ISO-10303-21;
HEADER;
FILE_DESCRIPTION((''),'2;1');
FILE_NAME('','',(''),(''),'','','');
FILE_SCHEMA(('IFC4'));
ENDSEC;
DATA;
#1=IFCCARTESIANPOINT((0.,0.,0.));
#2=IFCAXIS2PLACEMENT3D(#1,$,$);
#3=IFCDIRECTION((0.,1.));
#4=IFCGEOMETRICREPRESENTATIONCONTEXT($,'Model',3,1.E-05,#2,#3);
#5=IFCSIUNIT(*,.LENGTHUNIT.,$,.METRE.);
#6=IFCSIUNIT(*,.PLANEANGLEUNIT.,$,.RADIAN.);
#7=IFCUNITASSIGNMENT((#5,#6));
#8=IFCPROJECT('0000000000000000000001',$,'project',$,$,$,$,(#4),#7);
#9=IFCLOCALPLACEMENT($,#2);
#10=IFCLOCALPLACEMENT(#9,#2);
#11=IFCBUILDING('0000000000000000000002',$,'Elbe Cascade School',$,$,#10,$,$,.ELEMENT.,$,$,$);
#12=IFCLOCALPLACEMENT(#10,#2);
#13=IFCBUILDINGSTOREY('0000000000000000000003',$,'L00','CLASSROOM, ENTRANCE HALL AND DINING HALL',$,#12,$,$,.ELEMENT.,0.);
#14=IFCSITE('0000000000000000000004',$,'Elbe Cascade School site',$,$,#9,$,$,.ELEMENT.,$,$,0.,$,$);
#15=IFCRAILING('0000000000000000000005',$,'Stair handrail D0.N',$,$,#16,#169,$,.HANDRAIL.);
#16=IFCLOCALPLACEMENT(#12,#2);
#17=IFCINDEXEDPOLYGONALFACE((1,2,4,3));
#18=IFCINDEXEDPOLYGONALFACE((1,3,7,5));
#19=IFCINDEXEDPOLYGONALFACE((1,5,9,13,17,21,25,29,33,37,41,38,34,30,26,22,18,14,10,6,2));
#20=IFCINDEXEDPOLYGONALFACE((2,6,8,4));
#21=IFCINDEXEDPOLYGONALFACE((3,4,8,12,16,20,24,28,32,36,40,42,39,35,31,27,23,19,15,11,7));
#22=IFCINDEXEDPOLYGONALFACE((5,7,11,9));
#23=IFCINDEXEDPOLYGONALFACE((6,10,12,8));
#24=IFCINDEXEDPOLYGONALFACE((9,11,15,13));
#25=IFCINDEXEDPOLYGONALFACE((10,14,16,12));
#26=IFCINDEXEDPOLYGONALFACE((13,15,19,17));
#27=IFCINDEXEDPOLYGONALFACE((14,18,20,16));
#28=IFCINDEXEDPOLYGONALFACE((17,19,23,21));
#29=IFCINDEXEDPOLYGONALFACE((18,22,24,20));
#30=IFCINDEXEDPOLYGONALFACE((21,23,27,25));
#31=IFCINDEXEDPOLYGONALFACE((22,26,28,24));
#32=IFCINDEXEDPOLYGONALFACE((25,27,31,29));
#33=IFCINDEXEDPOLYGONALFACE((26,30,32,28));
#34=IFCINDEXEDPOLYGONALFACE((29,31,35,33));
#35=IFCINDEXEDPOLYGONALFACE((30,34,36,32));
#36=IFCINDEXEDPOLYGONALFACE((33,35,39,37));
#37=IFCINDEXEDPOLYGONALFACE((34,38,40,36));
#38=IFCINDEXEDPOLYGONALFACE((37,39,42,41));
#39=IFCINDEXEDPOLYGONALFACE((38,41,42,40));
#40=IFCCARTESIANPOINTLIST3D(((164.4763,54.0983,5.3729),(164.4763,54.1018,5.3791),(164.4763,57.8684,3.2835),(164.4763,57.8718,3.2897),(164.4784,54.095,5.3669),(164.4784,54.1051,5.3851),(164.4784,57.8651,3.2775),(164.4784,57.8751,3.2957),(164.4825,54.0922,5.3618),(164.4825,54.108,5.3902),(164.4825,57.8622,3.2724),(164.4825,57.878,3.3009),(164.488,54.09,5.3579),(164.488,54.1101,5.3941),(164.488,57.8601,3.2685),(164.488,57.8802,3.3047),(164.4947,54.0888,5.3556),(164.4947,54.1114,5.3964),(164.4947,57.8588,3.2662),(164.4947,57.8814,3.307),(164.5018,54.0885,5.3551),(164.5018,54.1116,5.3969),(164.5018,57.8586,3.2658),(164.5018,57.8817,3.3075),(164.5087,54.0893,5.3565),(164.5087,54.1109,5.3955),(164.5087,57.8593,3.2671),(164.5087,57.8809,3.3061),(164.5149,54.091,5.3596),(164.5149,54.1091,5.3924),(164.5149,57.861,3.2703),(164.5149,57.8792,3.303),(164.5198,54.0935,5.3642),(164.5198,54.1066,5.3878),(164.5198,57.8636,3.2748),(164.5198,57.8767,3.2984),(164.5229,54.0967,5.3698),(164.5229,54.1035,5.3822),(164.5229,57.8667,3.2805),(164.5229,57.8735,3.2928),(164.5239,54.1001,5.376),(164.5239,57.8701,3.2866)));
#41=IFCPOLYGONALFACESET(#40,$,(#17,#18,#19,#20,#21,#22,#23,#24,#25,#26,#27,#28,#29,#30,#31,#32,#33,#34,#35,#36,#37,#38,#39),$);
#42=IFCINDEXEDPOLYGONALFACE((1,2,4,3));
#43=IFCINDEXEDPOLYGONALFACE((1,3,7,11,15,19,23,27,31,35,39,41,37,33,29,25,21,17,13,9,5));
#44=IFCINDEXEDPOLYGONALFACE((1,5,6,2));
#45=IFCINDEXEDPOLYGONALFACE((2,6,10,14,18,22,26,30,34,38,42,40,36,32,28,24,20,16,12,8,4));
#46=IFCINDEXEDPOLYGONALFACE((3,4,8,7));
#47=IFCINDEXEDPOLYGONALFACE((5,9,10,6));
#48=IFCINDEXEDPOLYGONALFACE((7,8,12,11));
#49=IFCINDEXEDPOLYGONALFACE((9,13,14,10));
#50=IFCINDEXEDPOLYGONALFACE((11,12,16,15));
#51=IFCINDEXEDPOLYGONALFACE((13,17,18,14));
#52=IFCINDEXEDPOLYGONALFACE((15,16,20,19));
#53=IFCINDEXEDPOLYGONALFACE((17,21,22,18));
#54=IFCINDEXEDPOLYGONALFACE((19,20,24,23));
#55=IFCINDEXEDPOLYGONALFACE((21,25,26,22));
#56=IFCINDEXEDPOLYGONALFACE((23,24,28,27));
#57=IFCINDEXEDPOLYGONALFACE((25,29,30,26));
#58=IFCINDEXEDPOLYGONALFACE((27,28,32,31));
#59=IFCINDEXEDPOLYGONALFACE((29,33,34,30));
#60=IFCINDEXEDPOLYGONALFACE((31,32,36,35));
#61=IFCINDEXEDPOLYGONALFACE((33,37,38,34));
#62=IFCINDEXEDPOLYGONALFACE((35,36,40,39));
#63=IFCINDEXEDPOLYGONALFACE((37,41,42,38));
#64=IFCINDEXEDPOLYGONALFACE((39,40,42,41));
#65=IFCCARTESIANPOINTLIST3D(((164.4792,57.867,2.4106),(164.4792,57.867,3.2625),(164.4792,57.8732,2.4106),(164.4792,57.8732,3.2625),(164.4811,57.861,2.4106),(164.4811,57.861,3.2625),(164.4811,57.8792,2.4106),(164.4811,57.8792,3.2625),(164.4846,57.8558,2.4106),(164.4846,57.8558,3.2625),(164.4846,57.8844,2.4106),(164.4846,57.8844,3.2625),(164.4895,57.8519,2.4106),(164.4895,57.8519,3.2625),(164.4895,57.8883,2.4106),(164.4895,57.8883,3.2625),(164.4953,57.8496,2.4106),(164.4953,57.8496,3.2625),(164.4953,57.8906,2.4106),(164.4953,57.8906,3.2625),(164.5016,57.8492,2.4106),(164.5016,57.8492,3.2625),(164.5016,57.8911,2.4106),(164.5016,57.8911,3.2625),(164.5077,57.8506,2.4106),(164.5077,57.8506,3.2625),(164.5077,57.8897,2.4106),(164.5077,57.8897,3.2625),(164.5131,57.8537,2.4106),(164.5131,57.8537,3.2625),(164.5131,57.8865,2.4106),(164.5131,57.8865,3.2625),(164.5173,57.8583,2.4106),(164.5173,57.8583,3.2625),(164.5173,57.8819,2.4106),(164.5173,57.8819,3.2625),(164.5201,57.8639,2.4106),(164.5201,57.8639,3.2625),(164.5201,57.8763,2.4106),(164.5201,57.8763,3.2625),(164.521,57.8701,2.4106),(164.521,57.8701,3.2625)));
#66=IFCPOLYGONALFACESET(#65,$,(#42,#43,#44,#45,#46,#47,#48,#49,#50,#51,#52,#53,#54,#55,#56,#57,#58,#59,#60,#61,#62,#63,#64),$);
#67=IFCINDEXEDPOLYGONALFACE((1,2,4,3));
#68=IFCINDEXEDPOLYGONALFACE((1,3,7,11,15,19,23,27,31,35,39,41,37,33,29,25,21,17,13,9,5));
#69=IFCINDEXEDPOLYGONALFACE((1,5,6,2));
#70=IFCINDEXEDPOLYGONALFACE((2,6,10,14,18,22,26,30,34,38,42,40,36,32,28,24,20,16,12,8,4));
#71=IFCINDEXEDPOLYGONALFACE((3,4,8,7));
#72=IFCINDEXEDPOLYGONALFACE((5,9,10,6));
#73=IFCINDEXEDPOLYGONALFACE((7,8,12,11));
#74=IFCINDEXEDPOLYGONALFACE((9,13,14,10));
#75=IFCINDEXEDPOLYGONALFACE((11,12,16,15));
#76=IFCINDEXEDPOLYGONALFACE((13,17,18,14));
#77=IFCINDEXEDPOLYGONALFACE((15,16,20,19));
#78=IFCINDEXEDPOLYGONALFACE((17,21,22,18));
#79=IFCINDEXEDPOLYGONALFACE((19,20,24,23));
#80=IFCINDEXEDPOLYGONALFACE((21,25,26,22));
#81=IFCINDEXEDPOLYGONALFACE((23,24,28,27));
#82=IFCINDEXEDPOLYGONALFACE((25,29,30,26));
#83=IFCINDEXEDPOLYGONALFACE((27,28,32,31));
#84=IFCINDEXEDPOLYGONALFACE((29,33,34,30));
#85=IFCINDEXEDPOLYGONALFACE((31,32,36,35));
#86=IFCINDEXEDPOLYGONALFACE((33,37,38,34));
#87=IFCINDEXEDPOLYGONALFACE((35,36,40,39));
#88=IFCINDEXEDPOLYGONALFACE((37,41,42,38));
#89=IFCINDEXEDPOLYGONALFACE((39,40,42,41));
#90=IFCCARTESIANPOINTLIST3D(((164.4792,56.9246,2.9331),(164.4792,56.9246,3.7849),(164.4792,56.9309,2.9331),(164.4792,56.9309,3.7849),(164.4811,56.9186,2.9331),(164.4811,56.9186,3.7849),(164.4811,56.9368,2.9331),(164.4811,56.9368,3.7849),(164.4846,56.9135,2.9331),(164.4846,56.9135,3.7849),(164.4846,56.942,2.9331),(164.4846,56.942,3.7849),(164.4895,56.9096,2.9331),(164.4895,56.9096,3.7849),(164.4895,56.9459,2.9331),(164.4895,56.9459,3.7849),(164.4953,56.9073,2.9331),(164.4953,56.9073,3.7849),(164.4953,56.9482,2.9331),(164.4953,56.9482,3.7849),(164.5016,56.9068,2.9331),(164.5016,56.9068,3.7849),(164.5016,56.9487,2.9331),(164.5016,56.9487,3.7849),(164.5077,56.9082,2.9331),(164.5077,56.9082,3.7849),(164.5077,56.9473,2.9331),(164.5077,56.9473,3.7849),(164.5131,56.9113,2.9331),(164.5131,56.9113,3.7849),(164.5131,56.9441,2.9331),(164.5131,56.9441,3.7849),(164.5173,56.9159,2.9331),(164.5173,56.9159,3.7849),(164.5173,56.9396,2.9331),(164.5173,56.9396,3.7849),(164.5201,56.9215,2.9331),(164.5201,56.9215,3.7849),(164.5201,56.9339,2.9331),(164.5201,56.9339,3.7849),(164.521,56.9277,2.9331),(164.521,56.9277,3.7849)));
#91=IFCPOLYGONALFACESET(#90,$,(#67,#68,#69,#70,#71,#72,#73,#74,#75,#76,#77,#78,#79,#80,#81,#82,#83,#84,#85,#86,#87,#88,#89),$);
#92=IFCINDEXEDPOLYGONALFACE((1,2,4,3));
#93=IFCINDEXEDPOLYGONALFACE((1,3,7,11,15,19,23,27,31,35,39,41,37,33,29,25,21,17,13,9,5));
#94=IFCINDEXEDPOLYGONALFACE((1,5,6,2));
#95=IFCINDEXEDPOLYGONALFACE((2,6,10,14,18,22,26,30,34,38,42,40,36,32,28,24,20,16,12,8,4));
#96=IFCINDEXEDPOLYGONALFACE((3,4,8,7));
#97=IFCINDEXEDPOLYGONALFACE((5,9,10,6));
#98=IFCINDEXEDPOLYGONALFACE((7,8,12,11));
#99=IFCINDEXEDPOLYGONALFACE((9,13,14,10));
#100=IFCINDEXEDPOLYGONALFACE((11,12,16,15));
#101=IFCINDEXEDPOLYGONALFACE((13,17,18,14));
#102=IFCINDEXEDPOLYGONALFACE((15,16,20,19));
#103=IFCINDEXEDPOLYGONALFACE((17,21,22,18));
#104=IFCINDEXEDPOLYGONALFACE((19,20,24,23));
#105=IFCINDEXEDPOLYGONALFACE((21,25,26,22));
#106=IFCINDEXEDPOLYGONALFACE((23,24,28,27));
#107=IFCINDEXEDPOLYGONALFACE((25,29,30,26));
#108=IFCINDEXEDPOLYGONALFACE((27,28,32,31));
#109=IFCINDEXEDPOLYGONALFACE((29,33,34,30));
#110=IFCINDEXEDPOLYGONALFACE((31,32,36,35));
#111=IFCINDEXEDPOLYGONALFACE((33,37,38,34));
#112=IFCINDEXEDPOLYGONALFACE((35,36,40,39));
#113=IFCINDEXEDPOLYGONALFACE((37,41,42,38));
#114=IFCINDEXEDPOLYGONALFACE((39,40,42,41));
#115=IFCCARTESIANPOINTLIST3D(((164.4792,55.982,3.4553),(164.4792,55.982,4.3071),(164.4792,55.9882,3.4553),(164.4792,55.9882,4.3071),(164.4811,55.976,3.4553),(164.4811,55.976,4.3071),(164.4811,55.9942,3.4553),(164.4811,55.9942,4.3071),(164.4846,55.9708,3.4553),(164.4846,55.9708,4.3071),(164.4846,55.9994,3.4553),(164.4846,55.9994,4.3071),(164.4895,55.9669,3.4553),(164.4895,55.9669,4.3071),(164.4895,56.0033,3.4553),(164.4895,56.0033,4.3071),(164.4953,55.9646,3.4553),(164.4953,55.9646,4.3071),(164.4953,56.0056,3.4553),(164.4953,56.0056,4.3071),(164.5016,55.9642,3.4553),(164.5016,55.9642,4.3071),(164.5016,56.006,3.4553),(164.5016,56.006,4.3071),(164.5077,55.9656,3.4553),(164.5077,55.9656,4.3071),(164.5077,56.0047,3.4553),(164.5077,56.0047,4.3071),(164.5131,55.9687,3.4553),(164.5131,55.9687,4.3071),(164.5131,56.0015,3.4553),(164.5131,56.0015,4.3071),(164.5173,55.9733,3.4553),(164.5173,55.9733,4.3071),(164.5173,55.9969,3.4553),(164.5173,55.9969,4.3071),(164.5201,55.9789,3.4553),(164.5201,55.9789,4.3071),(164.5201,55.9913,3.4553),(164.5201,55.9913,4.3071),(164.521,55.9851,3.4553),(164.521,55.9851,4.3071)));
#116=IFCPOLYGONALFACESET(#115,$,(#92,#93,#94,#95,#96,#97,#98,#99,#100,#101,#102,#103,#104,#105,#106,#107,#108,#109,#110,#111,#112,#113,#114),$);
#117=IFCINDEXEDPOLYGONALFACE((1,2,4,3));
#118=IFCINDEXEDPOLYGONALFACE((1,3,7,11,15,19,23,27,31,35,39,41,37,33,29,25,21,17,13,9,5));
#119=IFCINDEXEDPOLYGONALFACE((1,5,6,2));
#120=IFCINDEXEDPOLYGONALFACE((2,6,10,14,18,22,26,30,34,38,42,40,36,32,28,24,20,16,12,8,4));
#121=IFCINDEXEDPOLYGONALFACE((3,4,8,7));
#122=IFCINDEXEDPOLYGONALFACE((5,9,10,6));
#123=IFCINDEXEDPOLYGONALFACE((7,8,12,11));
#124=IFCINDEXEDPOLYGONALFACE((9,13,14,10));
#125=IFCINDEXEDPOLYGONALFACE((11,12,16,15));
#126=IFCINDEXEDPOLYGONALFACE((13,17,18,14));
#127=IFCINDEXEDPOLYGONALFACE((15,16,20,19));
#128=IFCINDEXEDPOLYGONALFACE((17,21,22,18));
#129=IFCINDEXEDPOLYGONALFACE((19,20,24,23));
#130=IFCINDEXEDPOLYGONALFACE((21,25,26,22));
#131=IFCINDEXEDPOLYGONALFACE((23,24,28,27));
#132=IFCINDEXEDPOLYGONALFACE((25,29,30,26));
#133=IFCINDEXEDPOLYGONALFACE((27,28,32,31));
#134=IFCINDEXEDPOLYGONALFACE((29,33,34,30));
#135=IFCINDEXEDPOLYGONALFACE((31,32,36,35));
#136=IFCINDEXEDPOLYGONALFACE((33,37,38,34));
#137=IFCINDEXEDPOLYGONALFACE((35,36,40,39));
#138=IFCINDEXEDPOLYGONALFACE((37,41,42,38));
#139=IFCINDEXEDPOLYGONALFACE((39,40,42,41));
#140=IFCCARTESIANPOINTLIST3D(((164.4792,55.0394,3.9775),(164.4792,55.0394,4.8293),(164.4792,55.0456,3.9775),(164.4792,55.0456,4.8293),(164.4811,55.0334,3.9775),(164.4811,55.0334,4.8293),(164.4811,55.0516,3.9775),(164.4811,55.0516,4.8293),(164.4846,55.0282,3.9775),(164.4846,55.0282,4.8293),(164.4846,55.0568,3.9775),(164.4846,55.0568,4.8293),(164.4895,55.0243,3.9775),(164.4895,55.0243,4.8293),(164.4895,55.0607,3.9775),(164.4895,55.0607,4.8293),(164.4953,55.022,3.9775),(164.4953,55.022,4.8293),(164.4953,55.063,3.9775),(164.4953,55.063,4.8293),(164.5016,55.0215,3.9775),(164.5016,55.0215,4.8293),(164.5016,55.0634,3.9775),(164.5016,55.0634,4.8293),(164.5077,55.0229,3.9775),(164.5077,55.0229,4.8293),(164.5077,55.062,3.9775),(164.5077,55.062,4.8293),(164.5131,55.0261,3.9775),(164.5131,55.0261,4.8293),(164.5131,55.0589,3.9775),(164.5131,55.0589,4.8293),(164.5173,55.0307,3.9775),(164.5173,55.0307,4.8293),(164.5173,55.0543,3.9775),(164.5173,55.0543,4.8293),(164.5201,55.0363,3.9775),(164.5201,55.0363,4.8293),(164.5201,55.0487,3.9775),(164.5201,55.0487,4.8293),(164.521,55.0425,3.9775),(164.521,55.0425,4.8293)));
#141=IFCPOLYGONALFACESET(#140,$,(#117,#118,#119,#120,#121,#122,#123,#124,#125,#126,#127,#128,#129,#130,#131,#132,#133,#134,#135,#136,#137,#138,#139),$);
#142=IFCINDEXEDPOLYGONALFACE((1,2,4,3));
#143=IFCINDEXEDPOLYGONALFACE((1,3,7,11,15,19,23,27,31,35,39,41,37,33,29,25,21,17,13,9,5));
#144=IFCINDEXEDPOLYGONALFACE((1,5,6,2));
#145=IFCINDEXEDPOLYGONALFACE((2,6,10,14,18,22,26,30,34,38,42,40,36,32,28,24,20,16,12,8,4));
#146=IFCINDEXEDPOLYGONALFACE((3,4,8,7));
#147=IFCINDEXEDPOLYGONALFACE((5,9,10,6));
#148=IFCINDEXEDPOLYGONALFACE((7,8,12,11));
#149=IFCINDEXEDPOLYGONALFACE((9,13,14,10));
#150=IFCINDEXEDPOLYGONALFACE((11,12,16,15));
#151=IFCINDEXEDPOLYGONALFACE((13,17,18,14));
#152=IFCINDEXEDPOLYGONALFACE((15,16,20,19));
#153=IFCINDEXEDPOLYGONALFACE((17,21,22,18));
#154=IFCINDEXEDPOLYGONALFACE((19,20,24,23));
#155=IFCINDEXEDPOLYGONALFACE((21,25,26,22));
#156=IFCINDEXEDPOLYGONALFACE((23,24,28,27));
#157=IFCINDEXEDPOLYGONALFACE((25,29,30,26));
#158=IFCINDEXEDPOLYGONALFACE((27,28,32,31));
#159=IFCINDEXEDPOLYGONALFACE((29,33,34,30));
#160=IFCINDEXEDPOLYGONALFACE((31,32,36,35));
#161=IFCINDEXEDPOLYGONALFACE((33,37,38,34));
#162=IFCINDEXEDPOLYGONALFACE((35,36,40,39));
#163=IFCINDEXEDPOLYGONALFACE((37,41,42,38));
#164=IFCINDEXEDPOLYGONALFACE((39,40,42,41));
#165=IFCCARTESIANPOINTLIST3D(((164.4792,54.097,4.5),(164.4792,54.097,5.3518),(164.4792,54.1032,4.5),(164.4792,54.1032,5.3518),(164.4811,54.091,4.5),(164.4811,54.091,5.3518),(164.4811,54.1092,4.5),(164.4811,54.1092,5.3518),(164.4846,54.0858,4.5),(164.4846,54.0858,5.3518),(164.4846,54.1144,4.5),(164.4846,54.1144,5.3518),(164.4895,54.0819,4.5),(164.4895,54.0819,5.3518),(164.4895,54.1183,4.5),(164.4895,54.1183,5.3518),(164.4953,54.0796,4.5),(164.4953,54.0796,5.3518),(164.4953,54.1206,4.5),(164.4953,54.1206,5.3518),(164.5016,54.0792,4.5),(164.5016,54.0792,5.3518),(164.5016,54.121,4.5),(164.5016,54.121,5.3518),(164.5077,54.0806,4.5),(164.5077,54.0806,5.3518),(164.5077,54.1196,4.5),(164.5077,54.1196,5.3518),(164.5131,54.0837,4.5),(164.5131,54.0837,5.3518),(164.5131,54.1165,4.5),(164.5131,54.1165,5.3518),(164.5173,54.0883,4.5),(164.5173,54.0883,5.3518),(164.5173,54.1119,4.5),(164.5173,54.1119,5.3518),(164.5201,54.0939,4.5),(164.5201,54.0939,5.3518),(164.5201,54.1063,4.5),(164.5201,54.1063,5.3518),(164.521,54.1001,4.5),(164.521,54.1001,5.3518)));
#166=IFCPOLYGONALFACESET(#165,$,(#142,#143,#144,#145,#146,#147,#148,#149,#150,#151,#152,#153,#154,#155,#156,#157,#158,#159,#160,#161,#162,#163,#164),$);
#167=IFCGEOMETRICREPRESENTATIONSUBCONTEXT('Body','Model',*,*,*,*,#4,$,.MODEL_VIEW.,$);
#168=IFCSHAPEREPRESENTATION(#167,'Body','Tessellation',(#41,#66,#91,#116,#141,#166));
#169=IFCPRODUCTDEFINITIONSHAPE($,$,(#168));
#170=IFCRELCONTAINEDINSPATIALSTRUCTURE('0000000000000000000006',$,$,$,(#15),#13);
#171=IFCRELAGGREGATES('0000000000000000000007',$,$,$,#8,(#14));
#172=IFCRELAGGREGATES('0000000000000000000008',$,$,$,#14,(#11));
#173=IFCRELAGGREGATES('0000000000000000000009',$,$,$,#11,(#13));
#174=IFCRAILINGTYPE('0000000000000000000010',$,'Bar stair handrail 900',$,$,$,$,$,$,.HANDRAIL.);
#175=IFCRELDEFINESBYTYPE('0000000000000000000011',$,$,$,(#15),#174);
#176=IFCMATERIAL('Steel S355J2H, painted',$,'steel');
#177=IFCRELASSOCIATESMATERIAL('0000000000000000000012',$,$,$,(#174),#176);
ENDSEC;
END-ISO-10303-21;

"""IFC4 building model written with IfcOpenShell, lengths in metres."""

from ifc_helpers import new_model, si_unit, direction, frame, origin, origin_2d, place, context, subcontext, project, spatial, circle, extrude, material, type_object, element, save


model = new_model("IFC4")

# Units and contexts
model_context = context("Model", 3, precision=1e-05, world=origin(), true_north=direction((0.0, 1.0)))
body_context = subcontext(model_context, "Body", "Model", "MODEL_VIEW")
ifc_project = project(units=[si_unit("LENGTHUNIT", "METRE"), si_unit("PLANEANGLEUNIT", "RADIAN")], contexts=[model_context])

# Site, building, storey
site_placement = place(None, origin())
site = spatial("IfcSite", under=ifc_project, at=site_placement, Name="Elbe Cascade School site", CompositionType="ELEMENT", RefElevation=0.0)
building_placement = place(site_placement, origin())
building = spatial("IfcBuilding", under=site, at=building_placement, Name="Elbe Cascade School", CompositionType="ELEMENT")
storey_placement = place(building_placement, origin())
storey = spatial("IfcBuildingStorey", under=building, at=storey_placement, Name="L00", Description="CLASSROOM, ENTRANCE HALL AND DINING HALL", CompositionType="ELEMENT", Elevation=0.0)

# Railing
ifc_material_1 = material(Name="Steel S355J2H, painted", Category="steel")
railing_type_1 = type_object("IfcRailingType", Name="Bar stair handrail 900", PredefinedType="HANDRAIL", material=ifc_material_1)
railing_1_placement = place(storey_placement, frame((164.5, 57.8701, 2.4106)))
element("IfcRailing", 1, at=railing_1_placement, inside=storey, type_object=railing_type_1, Name="Stair handrail D0.N", PredefinedType="HANDRAIL", context=body_context, shape_type="SweptSolid", body=[
    extrude(circle(Radius=0.0239, at=origin_2d()), frame((0.0, 0.0, 0.876), z_axis=(0.0, -0.874659, 0.484739), x_axis=(1.0, 0.0, 0.0)), (0.0, 0.0, 1.0), 4.3103),
    extrude(circle(Radius=0.021, at=origin_2d()), origin(), (0.0, 0.0, 1.0), 0.8518),
    extrude(circle(Radius=0.021, at=origin_2d()), frame((0.0, -0.9424, 0.5225)), (0.0, 0.0, 1.0), 0.8518),
    extrude(circle(Radius=0.021, at=origin_2d()), frame((0.0, -1.885, 1.0447)), (0.0, 0.0, 1.0), 0.8518),
    extrude(circle(Radius=0.021, at=origin_2d()), frame((0.0, -2.8276, 1.5669)), (0.0, 0.0, 1.0), 0.8518),
    extrude(circle(Radius=0.021, at=origin_2d()), frame((0.0, -3.77, 2.0894)), (0.0, 0.0, 1.0), 0.8518),
])

save(model, "model.ifc")
